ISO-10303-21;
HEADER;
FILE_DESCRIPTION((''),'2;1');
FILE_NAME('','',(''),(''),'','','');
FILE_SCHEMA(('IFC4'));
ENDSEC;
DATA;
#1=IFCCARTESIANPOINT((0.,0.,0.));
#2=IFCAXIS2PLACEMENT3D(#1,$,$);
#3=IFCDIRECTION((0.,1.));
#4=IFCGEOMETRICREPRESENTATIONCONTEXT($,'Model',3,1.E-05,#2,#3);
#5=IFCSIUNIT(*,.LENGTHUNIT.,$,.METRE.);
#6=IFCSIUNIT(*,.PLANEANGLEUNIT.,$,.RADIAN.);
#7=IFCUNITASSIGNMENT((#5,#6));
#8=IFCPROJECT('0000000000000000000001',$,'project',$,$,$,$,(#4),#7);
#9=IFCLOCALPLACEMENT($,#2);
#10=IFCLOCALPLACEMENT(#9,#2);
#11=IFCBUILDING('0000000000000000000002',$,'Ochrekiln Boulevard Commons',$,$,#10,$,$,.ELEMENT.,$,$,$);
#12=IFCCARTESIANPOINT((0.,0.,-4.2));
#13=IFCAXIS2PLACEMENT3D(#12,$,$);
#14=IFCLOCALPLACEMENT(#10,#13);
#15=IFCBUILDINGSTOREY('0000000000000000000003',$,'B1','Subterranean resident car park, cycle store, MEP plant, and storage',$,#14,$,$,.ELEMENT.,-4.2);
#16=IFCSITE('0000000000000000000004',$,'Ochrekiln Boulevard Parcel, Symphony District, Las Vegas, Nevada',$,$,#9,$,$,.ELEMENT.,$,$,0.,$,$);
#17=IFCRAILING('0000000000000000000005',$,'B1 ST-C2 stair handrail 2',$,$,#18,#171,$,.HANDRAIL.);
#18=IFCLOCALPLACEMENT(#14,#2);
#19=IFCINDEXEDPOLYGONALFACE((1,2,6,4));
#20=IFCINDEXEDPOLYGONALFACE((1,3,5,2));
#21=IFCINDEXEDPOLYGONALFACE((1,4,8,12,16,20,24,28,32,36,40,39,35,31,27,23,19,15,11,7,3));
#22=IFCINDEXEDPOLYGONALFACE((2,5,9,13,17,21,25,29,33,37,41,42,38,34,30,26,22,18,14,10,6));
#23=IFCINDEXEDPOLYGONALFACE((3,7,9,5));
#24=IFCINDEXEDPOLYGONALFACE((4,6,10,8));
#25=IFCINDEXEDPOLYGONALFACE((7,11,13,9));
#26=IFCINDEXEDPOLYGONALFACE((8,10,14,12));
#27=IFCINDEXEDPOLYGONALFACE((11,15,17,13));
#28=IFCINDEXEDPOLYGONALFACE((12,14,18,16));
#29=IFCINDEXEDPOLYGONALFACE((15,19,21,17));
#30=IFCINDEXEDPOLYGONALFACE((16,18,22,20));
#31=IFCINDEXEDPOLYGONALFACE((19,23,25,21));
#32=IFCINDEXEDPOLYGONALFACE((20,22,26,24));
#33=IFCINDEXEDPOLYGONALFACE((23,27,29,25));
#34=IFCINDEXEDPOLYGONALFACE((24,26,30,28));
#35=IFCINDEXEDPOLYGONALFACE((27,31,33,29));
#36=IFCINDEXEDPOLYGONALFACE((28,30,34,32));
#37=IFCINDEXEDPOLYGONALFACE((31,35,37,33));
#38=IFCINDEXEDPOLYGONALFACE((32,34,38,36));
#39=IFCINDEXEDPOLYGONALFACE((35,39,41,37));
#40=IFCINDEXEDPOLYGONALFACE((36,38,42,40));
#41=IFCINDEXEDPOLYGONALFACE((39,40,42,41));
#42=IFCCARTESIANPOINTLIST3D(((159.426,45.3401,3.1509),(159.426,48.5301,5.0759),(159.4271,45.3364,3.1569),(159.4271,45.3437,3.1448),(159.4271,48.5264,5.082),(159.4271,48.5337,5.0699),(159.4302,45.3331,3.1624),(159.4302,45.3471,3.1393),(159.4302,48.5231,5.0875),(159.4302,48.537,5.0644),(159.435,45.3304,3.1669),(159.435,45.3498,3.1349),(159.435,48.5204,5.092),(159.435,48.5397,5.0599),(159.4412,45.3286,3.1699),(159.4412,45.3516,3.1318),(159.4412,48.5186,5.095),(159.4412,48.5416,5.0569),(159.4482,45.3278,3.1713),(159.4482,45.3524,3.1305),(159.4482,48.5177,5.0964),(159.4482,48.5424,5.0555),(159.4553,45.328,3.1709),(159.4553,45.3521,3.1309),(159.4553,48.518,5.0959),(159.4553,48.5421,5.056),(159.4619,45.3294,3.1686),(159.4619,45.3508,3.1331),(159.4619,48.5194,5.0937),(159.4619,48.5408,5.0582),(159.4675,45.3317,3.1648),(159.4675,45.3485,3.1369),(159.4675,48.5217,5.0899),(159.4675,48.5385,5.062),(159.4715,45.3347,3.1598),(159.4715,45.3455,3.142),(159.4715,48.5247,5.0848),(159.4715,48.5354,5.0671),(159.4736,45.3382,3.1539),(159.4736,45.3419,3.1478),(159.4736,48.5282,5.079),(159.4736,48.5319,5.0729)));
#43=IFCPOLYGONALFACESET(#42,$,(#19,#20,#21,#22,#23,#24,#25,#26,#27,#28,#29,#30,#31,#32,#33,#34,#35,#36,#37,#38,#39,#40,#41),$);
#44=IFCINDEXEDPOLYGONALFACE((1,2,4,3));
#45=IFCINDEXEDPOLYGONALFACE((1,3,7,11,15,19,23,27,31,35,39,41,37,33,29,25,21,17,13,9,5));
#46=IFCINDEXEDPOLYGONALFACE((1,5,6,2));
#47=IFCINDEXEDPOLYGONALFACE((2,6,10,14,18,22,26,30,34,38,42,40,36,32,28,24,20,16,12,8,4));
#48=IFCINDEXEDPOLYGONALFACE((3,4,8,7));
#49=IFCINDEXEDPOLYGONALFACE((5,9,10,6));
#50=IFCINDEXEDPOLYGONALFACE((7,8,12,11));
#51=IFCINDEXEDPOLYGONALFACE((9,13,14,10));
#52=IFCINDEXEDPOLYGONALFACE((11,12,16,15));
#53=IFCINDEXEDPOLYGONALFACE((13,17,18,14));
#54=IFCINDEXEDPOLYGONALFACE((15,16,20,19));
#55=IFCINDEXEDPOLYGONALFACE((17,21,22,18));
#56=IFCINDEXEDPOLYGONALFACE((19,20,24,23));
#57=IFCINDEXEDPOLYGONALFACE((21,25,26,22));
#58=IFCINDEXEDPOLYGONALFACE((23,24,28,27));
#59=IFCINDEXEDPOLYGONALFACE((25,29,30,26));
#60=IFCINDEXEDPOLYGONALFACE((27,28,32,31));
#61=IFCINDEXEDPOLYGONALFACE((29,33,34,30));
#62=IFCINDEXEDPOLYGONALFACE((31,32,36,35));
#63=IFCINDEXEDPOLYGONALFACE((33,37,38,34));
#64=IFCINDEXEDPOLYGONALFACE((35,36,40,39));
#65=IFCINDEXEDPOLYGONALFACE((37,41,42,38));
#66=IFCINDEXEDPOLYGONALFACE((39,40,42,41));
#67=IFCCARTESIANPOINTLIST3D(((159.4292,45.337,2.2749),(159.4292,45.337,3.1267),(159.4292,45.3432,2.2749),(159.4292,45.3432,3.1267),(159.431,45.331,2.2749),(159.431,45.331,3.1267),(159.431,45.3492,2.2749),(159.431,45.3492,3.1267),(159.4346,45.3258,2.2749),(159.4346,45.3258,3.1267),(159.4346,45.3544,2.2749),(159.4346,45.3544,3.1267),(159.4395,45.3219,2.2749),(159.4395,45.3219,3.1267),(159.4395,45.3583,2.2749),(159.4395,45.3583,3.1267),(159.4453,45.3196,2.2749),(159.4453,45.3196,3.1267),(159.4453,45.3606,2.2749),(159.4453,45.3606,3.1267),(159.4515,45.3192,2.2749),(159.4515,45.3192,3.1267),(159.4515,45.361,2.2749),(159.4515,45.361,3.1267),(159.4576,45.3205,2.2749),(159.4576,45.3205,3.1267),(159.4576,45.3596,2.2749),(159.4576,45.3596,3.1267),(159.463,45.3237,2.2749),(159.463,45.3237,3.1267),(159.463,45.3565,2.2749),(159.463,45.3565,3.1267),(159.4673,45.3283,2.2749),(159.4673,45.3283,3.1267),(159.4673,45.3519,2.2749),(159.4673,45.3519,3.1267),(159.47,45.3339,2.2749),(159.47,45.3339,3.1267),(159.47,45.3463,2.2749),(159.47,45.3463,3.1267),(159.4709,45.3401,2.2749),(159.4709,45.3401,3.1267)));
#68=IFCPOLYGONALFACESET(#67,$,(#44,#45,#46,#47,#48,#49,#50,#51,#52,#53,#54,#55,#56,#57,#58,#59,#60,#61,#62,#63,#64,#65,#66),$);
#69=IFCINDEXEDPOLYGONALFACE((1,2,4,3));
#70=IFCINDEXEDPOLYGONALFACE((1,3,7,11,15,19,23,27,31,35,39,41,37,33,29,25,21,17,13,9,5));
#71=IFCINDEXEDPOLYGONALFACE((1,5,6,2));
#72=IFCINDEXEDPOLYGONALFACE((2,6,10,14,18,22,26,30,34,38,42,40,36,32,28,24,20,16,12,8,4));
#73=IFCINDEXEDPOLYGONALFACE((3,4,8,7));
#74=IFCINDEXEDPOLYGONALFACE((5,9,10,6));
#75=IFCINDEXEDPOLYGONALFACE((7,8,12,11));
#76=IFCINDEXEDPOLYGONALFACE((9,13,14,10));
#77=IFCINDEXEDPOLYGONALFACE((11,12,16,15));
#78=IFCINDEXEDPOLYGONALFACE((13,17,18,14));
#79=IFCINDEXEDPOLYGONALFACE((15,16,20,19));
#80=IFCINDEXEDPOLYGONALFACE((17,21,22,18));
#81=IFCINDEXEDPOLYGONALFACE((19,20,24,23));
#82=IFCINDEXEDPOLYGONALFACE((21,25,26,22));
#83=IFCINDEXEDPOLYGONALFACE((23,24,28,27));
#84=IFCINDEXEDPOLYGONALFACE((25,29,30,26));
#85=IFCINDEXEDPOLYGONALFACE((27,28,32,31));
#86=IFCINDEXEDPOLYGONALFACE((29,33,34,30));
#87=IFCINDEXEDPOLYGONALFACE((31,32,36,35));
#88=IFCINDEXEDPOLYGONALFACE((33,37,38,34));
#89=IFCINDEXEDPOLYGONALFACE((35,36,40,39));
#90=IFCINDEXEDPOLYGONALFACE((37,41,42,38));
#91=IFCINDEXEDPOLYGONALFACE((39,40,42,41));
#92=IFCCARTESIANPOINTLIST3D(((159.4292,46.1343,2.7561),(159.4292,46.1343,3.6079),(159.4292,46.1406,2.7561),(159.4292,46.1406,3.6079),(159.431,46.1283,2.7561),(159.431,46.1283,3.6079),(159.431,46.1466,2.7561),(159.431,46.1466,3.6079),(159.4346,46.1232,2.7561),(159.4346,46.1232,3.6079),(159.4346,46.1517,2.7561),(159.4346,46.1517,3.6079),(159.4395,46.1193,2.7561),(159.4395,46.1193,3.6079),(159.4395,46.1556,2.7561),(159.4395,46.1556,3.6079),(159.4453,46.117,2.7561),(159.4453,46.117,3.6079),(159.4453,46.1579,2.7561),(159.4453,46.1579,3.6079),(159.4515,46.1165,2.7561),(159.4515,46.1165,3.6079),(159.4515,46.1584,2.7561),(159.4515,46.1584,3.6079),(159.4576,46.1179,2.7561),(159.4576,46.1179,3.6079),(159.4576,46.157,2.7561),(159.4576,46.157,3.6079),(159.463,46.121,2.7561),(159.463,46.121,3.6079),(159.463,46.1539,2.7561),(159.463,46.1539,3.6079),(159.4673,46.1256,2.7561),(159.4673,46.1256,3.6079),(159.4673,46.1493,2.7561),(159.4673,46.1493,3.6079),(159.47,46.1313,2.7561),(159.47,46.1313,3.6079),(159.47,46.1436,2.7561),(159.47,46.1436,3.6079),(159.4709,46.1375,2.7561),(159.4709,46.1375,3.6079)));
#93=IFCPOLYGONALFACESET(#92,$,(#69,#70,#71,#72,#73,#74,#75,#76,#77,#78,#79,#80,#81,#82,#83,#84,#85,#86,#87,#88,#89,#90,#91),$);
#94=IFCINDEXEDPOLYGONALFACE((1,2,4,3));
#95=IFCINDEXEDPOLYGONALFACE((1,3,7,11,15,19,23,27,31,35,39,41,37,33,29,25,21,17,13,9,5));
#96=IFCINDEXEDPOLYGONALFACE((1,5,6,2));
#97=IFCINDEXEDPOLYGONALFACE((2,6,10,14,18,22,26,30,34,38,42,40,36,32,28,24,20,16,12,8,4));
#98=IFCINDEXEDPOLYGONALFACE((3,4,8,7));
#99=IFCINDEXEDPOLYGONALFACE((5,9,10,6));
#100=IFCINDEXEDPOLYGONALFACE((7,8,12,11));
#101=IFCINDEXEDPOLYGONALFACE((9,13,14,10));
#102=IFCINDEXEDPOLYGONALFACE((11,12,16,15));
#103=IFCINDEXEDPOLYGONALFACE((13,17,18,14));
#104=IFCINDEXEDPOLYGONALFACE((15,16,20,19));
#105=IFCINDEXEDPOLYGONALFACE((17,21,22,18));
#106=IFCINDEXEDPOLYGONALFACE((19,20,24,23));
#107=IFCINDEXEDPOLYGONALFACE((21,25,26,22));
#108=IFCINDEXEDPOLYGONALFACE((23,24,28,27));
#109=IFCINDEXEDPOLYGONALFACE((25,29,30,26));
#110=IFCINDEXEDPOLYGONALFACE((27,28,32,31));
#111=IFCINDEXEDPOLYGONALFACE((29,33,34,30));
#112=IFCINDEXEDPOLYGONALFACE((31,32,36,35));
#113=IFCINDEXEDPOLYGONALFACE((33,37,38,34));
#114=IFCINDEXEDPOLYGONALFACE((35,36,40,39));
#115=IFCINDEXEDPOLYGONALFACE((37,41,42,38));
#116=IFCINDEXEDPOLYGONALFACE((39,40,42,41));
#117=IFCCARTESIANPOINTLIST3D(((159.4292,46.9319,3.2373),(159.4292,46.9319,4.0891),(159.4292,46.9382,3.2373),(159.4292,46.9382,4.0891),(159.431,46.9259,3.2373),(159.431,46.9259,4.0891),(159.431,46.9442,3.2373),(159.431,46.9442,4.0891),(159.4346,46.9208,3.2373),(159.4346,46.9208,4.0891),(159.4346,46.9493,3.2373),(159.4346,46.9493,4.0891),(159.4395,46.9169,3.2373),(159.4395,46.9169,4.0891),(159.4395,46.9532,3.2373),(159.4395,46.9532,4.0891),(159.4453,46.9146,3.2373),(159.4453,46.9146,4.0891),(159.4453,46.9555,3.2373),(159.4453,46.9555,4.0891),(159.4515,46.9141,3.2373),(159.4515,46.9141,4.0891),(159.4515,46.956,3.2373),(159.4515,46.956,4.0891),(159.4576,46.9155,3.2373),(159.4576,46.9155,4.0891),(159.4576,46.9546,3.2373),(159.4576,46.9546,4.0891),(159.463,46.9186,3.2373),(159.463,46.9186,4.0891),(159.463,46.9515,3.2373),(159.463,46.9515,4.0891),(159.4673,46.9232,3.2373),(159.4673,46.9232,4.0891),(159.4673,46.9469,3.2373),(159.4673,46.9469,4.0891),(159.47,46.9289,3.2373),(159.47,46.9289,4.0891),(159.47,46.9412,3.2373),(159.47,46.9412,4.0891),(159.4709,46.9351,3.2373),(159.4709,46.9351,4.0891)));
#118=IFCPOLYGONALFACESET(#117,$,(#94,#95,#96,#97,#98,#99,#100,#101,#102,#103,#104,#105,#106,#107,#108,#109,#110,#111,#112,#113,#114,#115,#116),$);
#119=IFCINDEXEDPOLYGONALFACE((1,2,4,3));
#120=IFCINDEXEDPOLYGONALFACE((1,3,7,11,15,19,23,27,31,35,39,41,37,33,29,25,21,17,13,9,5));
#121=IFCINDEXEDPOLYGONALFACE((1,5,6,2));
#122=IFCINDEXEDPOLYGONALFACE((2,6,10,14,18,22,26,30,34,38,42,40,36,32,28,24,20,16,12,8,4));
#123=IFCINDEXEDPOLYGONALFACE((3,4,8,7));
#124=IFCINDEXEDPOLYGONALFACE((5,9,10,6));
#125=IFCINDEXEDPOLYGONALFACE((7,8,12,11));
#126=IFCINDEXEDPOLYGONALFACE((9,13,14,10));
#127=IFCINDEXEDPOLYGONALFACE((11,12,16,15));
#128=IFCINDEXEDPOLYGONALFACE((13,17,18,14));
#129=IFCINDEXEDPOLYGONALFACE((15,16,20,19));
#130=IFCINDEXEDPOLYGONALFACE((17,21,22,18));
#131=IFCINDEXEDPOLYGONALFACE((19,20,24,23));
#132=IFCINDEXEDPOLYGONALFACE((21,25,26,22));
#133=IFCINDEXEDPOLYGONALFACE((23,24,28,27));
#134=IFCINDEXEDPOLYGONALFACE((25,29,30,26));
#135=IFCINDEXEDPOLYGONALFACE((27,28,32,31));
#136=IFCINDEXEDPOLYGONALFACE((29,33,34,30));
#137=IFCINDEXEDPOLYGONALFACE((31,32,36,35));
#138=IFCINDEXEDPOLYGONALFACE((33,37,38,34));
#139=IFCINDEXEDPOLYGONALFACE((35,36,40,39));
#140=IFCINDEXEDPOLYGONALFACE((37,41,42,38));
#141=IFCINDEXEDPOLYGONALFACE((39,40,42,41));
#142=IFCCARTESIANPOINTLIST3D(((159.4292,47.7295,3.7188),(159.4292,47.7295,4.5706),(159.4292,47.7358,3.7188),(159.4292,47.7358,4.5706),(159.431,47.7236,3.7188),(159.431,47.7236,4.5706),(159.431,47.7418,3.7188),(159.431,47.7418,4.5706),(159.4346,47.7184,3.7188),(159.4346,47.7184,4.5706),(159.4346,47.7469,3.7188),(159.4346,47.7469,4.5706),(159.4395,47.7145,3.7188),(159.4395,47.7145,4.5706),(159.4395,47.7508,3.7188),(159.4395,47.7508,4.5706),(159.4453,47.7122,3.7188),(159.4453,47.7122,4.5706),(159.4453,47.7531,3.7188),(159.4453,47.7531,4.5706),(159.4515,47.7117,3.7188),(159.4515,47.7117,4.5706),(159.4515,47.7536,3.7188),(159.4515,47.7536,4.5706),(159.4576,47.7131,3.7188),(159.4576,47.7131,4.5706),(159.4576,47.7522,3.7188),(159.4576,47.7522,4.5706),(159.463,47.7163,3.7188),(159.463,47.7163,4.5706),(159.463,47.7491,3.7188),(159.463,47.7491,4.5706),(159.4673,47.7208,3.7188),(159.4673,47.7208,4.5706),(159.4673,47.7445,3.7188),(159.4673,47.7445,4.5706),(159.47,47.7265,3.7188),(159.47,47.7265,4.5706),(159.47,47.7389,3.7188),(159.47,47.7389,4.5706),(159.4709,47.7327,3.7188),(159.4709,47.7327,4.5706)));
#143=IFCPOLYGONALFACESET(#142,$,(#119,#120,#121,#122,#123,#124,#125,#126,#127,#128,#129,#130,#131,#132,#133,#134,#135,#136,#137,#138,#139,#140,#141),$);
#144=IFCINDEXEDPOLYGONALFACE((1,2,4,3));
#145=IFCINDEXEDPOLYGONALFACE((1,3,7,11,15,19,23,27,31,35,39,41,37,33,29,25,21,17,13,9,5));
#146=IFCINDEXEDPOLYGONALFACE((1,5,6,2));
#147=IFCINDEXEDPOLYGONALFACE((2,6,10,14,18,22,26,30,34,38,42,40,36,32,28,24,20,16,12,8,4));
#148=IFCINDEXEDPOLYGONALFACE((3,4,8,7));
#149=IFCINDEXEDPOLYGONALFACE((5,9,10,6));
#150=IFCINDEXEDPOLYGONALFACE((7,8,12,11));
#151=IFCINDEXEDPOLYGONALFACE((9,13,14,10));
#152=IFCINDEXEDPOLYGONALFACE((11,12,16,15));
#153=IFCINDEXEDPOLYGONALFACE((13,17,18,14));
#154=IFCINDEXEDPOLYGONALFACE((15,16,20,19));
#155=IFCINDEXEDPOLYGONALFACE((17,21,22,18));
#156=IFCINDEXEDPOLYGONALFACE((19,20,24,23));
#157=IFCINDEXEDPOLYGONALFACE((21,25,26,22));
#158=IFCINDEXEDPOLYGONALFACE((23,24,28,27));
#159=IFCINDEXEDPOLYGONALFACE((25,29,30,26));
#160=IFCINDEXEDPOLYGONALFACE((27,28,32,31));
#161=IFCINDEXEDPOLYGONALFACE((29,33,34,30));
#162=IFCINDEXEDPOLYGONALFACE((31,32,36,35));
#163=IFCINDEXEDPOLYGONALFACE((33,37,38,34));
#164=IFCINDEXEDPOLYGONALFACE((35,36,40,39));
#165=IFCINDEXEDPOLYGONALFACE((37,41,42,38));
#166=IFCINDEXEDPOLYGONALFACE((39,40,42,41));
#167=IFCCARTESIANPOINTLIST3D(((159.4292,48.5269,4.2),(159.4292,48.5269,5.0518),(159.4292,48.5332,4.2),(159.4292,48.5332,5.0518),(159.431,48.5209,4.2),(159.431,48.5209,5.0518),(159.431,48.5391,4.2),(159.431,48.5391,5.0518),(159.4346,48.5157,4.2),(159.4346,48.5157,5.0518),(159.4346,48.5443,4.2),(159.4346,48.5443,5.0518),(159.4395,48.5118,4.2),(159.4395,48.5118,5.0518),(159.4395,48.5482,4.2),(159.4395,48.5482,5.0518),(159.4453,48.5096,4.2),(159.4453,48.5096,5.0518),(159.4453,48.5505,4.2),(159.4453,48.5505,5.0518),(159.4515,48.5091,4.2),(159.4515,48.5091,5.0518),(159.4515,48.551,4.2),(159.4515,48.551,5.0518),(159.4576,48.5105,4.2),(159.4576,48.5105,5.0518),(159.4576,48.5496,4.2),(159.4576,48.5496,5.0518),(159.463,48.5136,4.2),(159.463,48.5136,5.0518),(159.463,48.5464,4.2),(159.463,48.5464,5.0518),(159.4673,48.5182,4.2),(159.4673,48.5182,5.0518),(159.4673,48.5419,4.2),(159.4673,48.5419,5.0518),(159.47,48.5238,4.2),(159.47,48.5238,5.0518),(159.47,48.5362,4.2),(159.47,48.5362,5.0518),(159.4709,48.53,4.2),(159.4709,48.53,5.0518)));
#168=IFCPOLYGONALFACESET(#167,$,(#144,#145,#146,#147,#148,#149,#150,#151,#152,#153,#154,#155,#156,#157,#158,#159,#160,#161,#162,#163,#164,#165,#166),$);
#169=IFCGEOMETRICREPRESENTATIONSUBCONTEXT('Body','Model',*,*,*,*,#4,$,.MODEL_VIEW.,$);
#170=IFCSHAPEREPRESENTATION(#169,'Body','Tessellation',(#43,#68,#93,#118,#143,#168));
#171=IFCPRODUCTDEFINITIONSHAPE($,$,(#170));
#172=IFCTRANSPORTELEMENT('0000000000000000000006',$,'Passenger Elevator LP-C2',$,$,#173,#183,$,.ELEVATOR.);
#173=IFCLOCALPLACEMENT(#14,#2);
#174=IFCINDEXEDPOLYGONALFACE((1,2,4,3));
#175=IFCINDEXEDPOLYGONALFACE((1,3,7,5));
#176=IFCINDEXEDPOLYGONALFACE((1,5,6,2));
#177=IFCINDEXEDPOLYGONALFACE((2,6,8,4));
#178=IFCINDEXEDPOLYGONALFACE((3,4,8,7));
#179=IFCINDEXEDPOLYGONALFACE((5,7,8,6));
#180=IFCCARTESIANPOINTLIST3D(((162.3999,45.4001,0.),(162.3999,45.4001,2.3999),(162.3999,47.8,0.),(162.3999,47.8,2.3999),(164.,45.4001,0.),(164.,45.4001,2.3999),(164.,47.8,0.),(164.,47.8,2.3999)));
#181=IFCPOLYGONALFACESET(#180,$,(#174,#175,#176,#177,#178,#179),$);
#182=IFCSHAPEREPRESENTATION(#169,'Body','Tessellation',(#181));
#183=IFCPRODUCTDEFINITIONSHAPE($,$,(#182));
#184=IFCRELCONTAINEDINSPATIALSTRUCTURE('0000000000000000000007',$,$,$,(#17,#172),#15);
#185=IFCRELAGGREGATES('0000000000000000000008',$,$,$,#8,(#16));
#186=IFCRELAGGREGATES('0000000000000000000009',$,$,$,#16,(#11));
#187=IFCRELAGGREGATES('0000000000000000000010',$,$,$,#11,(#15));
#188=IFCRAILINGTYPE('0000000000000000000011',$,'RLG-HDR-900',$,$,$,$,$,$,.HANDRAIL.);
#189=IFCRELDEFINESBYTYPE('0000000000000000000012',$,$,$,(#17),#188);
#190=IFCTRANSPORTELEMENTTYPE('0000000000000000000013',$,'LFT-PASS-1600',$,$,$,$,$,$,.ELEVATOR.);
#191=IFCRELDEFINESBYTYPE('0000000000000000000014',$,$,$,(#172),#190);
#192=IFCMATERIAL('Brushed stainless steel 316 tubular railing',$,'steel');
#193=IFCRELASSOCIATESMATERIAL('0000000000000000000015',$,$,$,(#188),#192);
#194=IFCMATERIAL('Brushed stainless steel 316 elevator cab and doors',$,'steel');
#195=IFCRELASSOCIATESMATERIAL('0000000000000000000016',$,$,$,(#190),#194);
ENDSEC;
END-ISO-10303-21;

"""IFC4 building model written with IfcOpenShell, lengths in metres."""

from ifc_helpers import new_model, si_unit, direction, frame, origin, origin_2d, place, context, subcontext, project, spatial, rectangle, circle, extrude, material, type_object, element, save


model = new_model("IFC4")

# Units and contexts
model_context = context("Model", 3, precision=1e-05, world=origin(), true_north=direction((0.0, 1.0)))
body_context = subcontext(model_context, "Body", "Model", "MODEL_VIEW")
ifc_project = project(units=[si_unit("LENGTHUNIT", "METRE"), si_unit("PLANEANGLEUNIT", "RADIAN")], contexts=[model_context])

# Site, building, storey
site_placement = place(None, origin())
site = spatial("IfcSite", under=ifc_project, at=site_placement, Name="Ochrekiln Boulevard Parcel, Symphony District, Las Vegas, Nevada", CompositionType="ELEMENT", RefElevation=0.0)
building_placement = place(site_placement, origin())
building = spatial("IfcBuilding", under=site, at=building_placement, Name="Ochrekiln Boulevard Commons", CompositionType="ELEMENT")
storey_placement = place(building_placement, frame((0.0, 0.0, -4.2)))
storey = spatial("IfcBuildingStorey", under=building, at=storey_placement, Name="B1", Description="Subterranean resident car park, cycle store, MEP plant, and storage", CompositionType="ELEMENT", Elevation=-4.2)

# Shared definitions
ifc_material_1 = material(Name="Brushed stainless steel 316 elevator cab and doors", Category="steel")

# Railing
ifc_material_2 = material(Name="Brushed stainless steel 316 tubular railing", Category="steel")
railing_type = type_object("IfcRailingType", Name="RLG-HDR-900", PredefinedType="HANDRAIL", material=ifc_material_2)
railing_placement = place(storey_placement, frame((159.45, 45.3401, 2.2749)))
element("IfcRailing", 1, at=railing_placement, inside=storey, type_object=railing_type, Name="B1 ST-C2 stair handrail 2", PredefinedType="HANDRAIL", context=body_context, shape_type="SweptSolid", body=[
    extrude(circle(Radius=0.0239, at=origin_2d()), frame((0.0, 0.0, 0.876), z_axis=(0.0, 0.856178, 0.516682), x_axis=(-1.0, 0.0, 0.0)), (0.0, 0.0, 1.0), 3.7258),
    extrude(circle(Radius=0.021, at=origin_2d()), origin(), (0.0, 0.0, 1.0), 0.8518),
    extrude(circle(Radius=0.021, at=origin_2d()), frame((0.0, 0.7974, 0.4812)), (0.0, 0.0, 1.0), 0.8518),
    extrude(circle(Radius=0.021, at=origin_2d()), frame((0.0, 1.595, 0.9624)), (0.0, 0.0, 1.0), 0.8518),
    extrude(circle(Radius=0.021, at=origin_2d()), frame((0.0, 2.3926, 1.4438)), (0.0, 0.0, 1.0), 0.8518),
    extrude(circle(Radius=0.021, at=origin_2d()), frame((0.0, 3.1899, 1.925)), (0.0, 0.0, 1.0), 0.8518),
])

# Transport element
transport_element_type = type_object("IfcTransportElementType", Name="LFT-PASS-1600", PredefinedType="ELEVATOR", material=ifc_material_1)
transport_element_placement = place(storey_placement, frame((163.2, 46.6001, 0.0), z_axis=(0.0, 0.0, 1.0), x_axis=(1.0, 0.0, 0.0)))
element("IfcTransportElement", 2, at=transport_element_placement, inside=storey, type_object=transport_element_type, Name="Passenger Elevator LP-C2", PredefinedType="ELEVATOR", context=body_context, shape_type="SweptSolid", body=[
    extrude(rectangle(XDim=1.6001, YDim=2.3999, at=origin_2d()), origin(), (0.0, 0.0, 1.0), 2.3999),
])

save(model, "model.ifc")
